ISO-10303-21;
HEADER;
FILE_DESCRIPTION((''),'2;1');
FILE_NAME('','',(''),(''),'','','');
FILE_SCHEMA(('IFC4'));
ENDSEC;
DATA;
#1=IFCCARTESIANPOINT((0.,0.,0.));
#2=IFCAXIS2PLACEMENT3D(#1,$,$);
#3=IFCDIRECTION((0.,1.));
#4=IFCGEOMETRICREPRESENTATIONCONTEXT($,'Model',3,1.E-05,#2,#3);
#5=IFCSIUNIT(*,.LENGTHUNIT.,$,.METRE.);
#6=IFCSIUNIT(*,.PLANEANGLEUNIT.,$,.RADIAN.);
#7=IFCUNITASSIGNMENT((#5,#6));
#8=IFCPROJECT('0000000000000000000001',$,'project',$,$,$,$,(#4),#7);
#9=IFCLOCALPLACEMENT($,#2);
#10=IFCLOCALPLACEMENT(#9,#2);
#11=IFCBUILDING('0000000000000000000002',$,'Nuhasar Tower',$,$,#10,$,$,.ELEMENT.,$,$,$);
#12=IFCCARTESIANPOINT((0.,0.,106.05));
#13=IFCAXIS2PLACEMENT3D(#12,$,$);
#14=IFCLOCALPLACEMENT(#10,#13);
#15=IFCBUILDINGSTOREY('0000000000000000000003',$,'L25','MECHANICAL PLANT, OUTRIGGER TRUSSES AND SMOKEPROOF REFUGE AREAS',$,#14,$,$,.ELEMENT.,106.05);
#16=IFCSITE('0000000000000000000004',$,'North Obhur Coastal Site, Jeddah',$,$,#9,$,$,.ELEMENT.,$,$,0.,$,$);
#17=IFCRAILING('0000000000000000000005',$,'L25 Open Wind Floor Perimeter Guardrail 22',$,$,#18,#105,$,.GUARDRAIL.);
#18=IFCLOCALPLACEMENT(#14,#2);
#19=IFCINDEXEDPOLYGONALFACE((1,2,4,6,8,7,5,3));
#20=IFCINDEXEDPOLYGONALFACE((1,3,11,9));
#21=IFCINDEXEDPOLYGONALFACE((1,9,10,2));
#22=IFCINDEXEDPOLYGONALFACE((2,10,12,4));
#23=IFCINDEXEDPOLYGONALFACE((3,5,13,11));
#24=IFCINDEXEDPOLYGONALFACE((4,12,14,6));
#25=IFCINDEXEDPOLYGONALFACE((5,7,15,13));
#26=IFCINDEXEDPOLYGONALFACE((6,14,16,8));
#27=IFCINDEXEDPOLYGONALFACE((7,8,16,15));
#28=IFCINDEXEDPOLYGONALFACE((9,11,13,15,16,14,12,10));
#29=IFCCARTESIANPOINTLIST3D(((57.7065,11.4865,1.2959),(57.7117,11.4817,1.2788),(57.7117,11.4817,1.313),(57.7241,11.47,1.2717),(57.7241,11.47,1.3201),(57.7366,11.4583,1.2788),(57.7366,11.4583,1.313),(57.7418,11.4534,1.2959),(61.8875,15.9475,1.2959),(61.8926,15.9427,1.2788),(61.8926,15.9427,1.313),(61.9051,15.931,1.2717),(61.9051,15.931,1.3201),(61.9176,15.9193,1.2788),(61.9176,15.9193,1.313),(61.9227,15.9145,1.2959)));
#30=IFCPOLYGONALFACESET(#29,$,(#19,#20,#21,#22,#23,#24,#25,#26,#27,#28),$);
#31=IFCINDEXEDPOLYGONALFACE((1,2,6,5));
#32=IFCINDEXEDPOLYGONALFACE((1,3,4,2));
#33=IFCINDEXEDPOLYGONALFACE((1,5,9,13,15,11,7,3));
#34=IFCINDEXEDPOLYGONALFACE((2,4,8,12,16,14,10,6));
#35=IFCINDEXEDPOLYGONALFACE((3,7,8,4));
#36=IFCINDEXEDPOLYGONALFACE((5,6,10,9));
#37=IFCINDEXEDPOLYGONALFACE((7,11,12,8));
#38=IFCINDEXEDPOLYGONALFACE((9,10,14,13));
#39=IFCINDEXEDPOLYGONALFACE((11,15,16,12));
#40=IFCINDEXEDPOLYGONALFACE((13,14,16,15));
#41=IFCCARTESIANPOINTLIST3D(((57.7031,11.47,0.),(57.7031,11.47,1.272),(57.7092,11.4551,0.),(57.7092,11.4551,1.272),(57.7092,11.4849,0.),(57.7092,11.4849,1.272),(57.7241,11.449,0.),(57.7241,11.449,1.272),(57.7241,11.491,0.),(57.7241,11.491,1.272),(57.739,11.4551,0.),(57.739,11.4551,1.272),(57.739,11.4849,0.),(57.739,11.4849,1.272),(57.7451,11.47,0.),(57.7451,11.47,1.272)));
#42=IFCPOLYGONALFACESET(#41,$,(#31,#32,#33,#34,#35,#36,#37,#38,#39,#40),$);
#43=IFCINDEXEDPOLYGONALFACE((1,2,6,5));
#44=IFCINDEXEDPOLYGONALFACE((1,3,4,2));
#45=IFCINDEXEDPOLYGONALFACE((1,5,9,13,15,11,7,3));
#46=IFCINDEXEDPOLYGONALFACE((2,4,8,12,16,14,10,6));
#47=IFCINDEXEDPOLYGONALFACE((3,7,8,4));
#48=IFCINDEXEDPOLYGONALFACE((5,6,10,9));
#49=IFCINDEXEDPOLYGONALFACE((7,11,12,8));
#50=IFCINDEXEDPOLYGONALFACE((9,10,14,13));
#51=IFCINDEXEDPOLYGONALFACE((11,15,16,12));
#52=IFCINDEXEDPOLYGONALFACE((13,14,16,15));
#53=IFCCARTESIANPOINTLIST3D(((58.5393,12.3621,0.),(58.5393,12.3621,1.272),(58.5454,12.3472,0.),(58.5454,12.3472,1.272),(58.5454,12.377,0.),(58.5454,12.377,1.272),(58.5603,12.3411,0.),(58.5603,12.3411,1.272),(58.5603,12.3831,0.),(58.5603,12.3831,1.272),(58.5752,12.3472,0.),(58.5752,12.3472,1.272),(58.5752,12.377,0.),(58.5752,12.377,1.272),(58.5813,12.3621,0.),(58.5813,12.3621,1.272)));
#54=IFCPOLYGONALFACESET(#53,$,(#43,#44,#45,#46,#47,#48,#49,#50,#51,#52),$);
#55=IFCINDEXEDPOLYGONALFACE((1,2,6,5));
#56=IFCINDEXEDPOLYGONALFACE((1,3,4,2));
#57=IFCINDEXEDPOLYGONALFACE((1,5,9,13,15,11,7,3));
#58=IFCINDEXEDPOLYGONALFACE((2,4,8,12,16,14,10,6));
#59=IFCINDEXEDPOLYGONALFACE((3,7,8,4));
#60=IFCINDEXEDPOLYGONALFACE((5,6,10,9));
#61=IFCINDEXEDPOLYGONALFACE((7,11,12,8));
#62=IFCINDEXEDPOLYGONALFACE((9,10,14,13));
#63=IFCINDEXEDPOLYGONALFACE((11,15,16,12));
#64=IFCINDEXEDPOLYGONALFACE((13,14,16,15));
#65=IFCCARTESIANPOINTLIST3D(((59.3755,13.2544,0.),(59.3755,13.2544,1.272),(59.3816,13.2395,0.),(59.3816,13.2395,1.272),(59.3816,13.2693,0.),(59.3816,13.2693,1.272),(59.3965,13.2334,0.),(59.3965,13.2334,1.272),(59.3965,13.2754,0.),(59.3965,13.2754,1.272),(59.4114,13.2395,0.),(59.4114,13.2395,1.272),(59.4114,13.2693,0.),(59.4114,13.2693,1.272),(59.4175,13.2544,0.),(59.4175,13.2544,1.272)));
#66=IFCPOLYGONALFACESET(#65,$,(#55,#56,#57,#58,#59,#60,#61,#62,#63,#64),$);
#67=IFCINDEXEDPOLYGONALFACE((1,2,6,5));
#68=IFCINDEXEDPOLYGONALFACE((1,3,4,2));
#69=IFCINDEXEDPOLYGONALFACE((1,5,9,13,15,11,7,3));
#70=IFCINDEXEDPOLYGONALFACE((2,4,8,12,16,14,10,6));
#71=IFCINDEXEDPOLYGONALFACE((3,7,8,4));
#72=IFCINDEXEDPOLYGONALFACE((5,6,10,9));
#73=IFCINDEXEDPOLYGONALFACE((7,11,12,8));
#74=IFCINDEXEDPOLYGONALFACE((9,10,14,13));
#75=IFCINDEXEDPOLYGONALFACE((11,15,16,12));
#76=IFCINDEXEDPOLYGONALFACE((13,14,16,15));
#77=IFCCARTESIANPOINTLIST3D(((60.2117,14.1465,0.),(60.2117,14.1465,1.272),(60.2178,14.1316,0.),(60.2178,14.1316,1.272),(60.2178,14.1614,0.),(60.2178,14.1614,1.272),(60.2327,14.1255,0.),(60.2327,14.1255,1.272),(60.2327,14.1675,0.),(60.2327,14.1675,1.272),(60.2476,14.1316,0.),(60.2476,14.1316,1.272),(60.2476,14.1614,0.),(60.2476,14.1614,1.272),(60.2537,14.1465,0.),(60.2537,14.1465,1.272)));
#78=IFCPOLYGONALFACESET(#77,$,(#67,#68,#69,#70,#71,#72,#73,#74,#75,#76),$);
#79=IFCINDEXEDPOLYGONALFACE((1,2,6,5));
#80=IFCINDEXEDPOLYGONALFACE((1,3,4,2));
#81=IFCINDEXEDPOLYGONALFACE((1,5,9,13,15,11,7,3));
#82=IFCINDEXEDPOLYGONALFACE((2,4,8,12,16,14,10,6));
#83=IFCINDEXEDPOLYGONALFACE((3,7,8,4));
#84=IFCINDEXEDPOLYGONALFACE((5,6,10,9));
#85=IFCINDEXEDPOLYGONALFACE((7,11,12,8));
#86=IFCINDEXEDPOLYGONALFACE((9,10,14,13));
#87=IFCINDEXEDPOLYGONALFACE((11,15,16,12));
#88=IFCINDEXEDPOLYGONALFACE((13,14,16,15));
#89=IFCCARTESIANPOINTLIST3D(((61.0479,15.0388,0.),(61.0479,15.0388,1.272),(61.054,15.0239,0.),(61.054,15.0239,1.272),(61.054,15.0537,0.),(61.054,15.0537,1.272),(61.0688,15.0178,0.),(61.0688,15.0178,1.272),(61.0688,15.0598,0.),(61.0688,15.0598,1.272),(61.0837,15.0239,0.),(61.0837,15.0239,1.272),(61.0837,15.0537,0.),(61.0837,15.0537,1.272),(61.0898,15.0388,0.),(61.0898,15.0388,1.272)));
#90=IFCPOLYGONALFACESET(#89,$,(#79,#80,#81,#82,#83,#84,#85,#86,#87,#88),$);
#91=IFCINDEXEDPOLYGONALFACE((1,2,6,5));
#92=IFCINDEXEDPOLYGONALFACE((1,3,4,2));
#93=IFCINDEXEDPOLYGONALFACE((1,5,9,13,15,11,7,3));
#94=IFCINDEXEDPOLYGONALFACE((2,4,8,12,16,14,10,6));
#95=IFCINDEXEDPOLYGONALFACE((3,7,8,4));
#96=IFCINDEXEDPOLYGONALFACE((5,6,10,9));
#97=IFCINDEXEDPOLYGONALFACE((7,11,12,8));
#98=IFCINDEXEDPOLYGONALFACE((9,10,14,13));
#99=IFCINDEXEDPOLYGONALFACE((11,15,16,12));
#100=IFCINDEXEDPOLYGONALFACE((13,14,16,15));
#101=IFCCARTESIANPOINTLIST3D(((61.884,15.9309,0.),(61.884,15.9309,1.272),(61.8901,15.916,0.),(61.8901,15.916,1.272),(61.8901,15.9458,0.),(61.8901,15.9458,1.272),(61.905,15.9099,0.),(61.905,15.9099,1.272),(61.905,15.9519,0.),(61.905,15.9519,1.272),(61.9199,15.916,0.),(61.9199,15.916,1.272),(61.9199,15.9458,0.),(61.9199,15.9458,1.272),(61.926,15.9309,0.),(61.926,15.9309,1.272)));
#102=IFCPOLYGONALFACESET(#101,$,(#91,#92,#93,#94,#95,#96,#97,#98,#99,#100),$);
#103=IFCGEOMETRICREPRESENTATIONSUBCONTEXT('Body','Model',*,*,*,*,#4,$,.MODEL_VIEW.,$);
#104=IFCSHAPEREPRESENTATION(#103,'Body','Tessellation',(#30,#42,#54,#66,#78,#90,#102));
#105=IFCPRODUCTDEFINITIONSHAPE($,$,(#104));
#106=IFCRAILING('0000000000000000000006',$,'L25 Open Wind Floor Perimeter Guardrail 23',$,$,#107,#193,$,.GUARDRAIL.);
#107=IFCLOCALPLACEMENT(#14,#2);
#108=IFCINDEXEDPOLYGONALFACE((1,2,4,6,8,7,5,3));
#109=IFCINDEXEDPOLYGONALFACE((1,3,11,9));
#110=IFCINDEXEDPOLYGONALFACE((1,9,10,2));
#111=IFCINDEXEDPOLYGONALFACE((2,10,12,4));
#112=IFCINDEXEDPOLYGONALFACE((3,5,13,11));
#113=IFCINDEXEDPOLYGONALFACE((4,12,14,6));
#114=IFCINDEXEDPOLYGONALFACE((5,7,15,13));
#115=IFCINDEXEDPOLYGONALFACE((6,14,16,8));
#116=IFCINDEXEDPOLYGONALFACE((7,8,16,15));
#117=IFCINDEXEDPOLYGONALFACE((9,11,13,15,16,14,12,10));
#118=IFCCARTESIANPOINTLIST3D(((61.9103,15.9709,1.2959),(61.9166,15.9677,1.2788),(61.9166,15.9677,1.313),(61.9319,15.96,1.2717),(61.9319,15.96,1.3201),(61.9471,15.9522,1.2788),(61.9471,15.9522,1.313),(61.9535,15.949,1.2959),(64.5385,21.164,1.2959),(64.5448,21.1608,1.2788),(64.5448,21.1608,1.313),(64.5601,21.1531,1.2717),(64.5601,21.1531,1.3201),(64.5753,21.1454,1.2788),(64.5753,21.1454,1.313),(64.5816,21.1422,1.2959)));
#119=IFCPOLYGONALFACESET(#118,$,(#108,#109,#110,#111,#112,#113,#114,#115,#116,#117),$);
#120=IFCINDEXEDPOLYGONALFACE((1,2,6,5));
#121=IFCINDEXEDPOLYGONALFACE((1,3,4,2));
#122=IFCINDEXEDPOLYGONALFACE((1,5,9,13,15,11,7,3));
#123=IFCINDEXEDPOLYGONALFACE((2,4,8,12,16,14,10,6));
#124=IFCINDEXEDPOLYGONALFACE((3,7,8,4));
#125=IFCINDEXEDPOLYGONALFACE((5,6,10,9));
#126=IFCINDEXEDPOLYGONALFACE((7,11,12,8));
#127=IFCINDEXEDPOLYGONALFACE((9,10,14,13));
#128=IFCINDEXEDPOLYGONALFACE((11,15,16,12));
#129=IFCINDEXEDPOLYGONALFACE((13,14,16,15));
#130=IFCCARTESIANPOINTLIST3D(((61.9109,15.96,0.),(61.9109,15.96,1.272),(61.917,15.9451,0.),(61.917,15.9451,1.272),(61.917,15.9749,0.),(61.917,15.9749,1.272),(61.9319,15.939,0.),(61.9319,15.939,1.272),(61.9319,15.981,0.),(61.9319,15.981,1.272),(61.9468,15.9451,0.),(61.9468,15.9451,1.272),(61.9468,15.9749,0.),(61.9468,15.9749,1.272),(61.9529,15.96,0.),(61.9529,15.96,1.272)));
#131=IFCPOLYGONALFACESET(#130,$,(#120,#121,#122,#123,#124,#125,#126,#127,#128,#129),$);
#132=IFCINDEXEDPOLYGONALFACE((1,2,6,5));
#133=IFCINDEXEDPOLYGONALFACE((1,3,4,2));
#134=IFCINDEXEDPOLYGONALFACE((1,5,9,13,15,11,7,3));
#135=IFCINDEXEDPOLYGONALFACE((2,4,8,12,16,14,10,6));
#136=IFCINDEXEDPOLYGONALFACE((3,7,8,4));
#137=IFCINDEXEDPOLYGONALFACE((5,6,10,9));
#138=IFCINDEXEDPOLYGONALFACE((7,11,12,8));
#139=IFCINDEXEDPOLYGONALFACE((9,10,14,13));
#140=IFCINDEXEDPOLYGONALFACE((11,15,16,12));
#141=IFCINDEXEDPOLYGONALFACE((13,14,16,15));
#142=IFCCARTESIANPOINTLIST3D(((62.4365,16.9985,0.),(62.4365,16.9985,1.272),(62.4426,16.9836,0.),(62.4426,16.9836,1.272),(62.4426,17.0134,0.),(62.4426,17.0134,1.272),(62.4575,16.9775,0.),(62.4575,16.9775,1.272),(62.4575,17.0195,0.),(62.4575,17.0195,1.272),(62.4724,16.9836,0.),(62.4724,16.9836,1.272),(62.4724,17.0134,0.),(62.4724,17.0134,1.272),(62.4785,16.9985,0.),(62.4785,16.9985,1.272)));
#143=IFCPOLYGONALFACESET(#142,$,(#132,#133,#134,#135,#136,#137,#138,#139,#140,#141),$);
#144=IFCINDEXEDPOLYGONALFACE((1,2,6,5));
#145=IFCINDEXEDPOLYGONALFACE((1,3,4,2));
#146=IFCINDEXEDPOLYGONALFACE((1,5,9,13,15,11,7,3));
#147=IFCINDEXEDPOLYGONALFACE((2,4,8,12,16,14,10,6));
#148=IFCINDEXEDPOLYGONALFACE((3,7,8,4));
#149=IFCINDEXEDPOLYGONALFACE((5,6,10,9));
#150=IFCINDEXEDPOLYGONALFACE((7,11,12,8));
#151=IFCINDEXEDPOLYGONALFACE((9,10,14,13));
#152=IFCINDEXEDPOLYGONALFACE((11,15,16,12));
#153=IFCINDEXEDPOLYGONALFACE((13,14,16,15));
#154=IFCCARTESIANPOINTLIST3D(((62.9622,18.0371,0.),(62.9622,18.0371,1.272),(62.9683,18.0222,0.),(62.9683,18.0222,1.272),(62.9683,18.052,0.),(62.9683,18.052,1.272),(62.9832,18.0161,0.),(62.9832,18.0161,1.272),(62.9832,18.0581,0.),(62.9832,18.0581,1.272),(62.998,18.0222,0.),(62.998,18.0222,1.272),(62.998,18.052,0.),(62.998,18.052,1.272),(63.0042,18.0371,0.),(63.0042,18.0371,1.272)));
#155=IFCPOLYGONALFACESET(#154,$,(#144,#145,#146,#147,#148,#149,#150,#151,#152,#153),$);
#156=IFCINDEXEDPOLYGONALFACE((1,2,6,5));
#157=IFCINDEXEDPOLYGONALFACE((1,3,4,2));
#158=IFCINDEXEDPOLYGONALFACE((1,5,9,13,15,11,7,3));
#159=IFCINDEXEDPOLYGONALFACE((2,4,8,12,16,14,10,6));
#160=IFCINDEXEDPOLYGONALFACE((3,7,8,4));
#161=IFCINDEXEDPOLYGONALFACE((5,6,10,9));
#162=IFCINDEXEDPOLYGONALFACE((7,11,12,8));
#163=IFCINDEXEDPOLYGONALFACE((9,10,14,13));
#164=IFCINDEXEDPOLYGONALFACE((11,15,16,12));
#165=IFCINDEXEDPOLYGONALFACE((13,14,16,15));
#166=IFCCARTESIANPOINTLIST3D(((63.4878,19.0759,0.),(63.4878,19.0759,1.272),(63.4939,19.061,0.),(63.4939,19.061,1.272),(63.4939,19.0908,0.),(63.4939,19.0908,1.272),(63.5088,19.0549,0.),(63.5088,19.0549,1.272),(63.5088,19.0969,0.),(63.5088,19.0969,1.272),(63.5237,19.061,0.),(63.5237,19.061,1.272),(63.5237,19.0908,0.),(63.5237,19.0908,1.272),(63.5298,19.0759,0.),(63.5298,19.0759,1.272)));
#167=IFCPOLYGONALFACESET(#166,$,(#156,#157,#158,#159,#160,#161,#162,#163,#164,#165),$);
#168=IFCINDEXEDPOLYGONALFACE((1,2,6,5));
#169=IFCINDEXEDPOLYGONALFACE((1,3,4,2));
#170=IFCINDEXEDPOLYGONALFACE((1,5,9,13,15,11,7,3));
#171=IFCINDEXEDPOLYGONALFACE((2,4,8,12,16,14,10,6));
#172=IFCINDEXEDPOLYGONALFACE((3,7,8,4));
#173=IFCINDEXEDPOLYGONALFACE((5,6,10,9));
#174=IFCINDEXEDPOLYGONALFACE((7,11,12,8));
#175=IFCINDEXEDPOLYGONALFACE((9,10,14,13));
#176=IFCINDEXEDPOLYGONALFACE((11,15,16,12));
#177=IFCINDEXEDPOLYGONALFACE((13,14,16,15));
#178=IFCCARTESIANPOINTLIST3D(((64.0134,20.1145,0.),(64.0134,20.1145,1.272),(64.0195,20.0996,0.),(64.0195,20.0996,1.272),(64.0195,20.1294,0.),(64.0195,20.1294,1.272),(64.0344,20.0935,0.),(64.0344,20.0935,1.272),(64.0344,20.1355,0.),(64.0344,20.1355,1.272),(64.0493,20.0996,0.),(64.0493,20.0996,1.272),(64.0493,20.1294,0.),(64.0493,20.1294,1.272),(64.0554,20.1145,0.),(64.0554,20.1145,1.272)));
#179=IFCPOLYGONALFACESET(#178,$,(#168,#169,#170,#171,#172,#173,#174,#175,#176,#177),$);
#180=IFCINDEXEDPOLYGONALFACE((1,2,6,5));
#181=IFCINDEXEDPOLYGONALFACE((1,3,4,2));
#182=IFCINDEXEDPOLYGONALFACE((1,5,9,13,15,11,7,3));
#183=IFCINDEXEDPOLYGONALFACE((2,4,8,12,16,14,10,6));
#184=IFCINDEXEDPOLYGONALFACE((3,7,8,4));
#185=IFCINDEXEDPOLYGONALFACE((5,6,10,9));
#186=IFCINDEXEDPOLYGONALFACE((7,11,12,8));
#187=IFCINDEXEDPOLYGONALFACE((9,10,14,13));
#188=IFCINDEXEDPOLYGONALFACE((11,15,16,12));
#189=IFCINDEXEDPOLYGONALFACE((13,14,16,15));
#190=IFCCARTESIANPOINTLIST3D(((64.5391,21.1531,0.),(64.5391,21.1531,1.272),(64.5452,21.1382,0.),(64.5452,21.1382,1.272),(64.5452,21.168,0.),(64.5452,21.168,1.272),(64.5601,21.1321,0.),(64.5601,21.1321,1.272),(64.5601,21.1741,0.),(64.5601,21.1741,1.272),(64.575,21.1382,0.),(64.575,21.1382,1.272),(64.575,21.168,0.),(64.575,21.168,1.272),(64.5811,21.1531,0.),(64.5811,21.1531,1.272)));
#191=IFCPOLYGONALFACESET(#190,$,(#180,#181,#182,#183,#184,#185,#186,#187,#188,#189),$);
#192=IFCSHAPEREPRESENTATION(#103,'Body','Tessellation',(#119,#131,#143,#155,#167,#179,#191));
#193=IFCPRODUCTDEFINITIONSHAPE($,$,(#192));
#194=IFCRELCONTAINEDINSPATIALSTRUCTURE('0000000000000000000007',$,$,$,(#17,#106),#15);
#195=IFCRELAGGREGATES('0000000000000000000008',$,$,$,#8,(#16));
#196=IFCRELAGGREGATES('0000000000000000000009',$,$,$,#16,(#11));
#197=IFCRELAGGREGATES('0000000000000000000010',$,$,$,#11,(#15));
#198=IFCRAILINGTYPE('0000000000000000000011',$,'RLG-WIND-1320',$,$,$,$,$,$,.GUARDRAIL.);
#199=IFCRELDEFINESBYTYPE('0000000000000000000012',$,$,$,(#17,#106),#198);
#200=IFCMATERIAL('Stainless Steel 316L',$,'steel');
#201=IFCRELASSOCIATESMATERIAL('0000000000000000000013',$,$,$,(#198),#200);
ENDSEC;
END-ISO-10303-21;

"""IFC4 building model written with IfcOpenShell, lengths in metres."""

from ifc_helpers import new_model, si_unit, direction, frame, origin, place, context, subcontext, project, spatial, polyline, outline, extrude, material, type_object, element, save


model = new_model("IFC4")

# Units and contexts
model_context = context("Model", 3, precision=1e-05, world=origin(), true_north=direction((0.0, 1.0)))
body_context = subcontext(model_context, "Body", "Model", "MODEL_VIEW")
ifc_project = project(units=[si_unit("LENGTHUNIT", "METRE"), si_unit("PLANEANGLEUNIT", "RADIAN")], contexts=[model_context])

# Site, building, storey
site_placement = place(None, origin())
site = spatial("IfcSite", under=ifc_project, at=site_placement, Name="North Obhur Coastal Site, Jeddah", CompositionType="ELEMENT", RefElevation=0.0)
building_placement = place(site_placement, origin())
building = spatial("IfcBuilding", under=site, at=building_placement, Name="Nuhasar Tower", CompositionType="ELEMENT")
storey_placement = place(building_placement, frame((0.0, 0.0, 106.05)))
storey = spatial("IfcBuildingStorey", under=building, at=storey_placement, Name="L25", Description="MECHANICAL PLANT, OUTRIGGER TRUSSES AND SMOKEPROOF REFUGE AREAS", CompositionType="ELEMENT", Elevation=106.05)

# Railings
ifc_material_1 = material(Name="Stainless Steel 316L", Category="steel")
railing_type = type_object("IfcRailingType", Name="RLG-WIND-1320", PredefinedType="GUARDRAIL", material=ifc_material_1)
railing_1_placement = place(storey_placement, frame((57.7241, 11.47, 0.0)))
element("IfcRailing", 1, at=railing_1_placement, inside=storey, type_object=railing_type, Name="L25 Open Wind Floor Perimeter Guardrail 22", PredefinedType="GUARDRAIL", context=body_context, shape_type="SweptSolid", body=[
    extrude(outline(polyline([(0.0242, 0.0), (0.0171, 0.0171), (0.0, 0.0242), (-0.0171, 0.0171), (-0.0242, 0.0), (-0.0171, -0.0171), (0.0, -0.0242), (0.0171, -0.0171), (0.0242, 0.0)])), frame((0.0, 0.0, 1.2959), z_axis=(0.683835, 0.729637, 0.0), x_axis=(-0.729637, 0.683835, 0.0)), (0.0, 0.0, 1.0), 6.114),
    extrude(outline(polyline([(0.021, 0.0), (0.0149, 0.0149), (0.0, 0.021), (-0.0149, 0.0149), (-0.021, 0.0), (-0.0149, -0.0149), (0.0, -0.021), (0.0149, -0.0149), (0.021, 0.0)])), origin(), (0.0, 0.0, 1.0), 1.272),
    extrude(outline(polyline([(0.021, 0.0), (0.0149, 0.0149), (0.0, 0.021), (-0.0149, 0.0149), (-0.021, 0.0), (-0.0149, -0.0149), (0.0, -0.021), (0.0149, -0.0149), (0.021, 0.0)])), frame((0.8362, 0.8921, 0.0)), (0.0, 0.0, 1.0), 1.272),
    extrude(outline(polyline([(0.021, 0.0), (0.0149, 0.0149), (0.0, 0.021), (-0.0149, 0.0149), (-0.021, 0.0), (-0.0149, -0.0149), (0.0, -0.021), (0.0149, -0.0149), (0.021, 0.0)])), frame((1.6724, 1.7844, 0.0)), (0.0, 0.0, 1.0), 1.272),
    extrude(outline(polyline([(0.021, 0.0), (0.0149, 0.0149), (0.0, 0.021), (-0.0149, 0.0149), (-0.021, 0.0), (-0.0149, -0.0149), (0.0, -0.021), (0.0149, -0.0149), (0.021, 0.0)])), frame((2.5085, 2.6765, 0.0)), (0.0, 0.0, 1.0), 1.272),
    extrude(outline(polyline([(0.021, 0.0), (0.0149, 0.0149), (0.0, 0.021), (-0.0149, 0.0149), (-0.021, 0.0), (-0.0149, -0.0149), (0.0, -0.021), (0.0149, -0.0149), (0.021, 0.0)])), frame((3.3447, 3.5688, 0.0)), (0.0, 0.0, 1.0), 1.272),
    extrude(outline(polyline([(0.021, 0.0), (0.0149, 0.0149), (0.0, 0.021), (-0.0149, 0.0149), (-0.021, 0.0), (-0.0149, -0.0149), (0.0, -0.021), (0.0149, -0.0149), (0.021, 0.0)])), frame((4.1809, 4.4609, 0.0)), (0.0, 0.0, 1.0), 1.272),
])
railing_2_placement = place(storey_placement, frame((61.9319, 15.96, 0.0)))
element("IfcRailing", 2, at=railing_2_placement, inside=storey, type_object=railing_type, Name="L25 Open Wind Floor Perimeter Guardrail 23", PredefinedType="GUARDRAIL", context=body_context, shape_type="SweptSolid", body=[
    extrude(outline(polyline([(0.0242, 0.0), (0.0171, 0.0171), (0.0, 0.0242), (-0.0171, 0.0171), (-0.0242, 0.0), (-0.0171, -0.0171), (0.0, -0.0242), (0.0171, -0.0171), (0.0242, 0.0)])), frame((0.0, 0.0, 1.2959), z_axis=(0.451554, 0.892244, 0.0), x_axis=(-0.892244, 0.451554, 0.0)), (0.0, 0.0, 1.0), 5.8203),
    extrude(outline(polyline([(0.021, 0.0), (0.0149, 0.0149), (0.0, 0.021), (-0.0149, 0.0149), (-0.021, 0.0), (-0.0149, -0.0149), (0.0, -0.021), (0.0149, -0.0149), (0.021, 0.0)])), origin(), (0.0, 0.0, 1.0), 1.272),
    extrude(outline(polyline([(0.021, 0.0), (0.0149, 0.0149), (0.0, 0.021), (-0.0149, 0.0149), (-0.021, 0.0), (-0.0149, -0.0149), (0.0, -0.021), (0.0149, -0.0149), (0.021, 0.0)])), frame((0.5256, 1.0386, 0.0)), (0.0, 0.0, 1.0), 1.272),
    extrude(outline(polyline([(0.021, 0.0), (0.0149, 0.0149), (0.0, 0.021), (-0.0149, 0.0149), (-0.021, 0.0), (-0.0149, -0.0149), (0.0, -0.021), (0.0149, -0.0149), (0.021, 0.0)])), frame((1.0513, 2.0771, 0.0)), (0.0, 0.0, 1.0), 1.272),
    extrude(outline(polyline([(0.021, 0.0), (0.0149, 0.0149), (0.0, 0.021), (-0.0149, 0.0149), (-0.021, 0.0), (-0.0149, -0.0149), (0.0, -0.021), (0.0149, -0.0149), (0.021, 0.0)])), frame((1.5769, 3.116, 0.0)), (0.0, 0.0, 1.0), 1.272),
    extrude(outline(polyline([(0.021, 0.0), (0.0149, 0.0149), (0.0, 0.021), (-0.0149, 0.0149), (-0.021, 0.0), (-0.0149, -0.0149), (0.0, -0.021), (0.0149, -0.0149), (0.021, 0.0)])), frame((2.1025, 4.1545, 0.0)), (0.0, 0.0, 1.0), 1.272),
    extrude(outline(polyline([(0.021, 0.0), (0.0149, 0.0149), (0.0, 0.021), (-0.0149, 0.0149), (-0.021, 0.0), (-0.0149, -0.0149), (0.0, -0.021), (0.0149, -0.0149), (0.021, 0.0)])), frame((2.6282, 5.1931, 0.0)), (0.0, 0.0, 1.0), 1.272),
])

save(model, "model.ifc")
